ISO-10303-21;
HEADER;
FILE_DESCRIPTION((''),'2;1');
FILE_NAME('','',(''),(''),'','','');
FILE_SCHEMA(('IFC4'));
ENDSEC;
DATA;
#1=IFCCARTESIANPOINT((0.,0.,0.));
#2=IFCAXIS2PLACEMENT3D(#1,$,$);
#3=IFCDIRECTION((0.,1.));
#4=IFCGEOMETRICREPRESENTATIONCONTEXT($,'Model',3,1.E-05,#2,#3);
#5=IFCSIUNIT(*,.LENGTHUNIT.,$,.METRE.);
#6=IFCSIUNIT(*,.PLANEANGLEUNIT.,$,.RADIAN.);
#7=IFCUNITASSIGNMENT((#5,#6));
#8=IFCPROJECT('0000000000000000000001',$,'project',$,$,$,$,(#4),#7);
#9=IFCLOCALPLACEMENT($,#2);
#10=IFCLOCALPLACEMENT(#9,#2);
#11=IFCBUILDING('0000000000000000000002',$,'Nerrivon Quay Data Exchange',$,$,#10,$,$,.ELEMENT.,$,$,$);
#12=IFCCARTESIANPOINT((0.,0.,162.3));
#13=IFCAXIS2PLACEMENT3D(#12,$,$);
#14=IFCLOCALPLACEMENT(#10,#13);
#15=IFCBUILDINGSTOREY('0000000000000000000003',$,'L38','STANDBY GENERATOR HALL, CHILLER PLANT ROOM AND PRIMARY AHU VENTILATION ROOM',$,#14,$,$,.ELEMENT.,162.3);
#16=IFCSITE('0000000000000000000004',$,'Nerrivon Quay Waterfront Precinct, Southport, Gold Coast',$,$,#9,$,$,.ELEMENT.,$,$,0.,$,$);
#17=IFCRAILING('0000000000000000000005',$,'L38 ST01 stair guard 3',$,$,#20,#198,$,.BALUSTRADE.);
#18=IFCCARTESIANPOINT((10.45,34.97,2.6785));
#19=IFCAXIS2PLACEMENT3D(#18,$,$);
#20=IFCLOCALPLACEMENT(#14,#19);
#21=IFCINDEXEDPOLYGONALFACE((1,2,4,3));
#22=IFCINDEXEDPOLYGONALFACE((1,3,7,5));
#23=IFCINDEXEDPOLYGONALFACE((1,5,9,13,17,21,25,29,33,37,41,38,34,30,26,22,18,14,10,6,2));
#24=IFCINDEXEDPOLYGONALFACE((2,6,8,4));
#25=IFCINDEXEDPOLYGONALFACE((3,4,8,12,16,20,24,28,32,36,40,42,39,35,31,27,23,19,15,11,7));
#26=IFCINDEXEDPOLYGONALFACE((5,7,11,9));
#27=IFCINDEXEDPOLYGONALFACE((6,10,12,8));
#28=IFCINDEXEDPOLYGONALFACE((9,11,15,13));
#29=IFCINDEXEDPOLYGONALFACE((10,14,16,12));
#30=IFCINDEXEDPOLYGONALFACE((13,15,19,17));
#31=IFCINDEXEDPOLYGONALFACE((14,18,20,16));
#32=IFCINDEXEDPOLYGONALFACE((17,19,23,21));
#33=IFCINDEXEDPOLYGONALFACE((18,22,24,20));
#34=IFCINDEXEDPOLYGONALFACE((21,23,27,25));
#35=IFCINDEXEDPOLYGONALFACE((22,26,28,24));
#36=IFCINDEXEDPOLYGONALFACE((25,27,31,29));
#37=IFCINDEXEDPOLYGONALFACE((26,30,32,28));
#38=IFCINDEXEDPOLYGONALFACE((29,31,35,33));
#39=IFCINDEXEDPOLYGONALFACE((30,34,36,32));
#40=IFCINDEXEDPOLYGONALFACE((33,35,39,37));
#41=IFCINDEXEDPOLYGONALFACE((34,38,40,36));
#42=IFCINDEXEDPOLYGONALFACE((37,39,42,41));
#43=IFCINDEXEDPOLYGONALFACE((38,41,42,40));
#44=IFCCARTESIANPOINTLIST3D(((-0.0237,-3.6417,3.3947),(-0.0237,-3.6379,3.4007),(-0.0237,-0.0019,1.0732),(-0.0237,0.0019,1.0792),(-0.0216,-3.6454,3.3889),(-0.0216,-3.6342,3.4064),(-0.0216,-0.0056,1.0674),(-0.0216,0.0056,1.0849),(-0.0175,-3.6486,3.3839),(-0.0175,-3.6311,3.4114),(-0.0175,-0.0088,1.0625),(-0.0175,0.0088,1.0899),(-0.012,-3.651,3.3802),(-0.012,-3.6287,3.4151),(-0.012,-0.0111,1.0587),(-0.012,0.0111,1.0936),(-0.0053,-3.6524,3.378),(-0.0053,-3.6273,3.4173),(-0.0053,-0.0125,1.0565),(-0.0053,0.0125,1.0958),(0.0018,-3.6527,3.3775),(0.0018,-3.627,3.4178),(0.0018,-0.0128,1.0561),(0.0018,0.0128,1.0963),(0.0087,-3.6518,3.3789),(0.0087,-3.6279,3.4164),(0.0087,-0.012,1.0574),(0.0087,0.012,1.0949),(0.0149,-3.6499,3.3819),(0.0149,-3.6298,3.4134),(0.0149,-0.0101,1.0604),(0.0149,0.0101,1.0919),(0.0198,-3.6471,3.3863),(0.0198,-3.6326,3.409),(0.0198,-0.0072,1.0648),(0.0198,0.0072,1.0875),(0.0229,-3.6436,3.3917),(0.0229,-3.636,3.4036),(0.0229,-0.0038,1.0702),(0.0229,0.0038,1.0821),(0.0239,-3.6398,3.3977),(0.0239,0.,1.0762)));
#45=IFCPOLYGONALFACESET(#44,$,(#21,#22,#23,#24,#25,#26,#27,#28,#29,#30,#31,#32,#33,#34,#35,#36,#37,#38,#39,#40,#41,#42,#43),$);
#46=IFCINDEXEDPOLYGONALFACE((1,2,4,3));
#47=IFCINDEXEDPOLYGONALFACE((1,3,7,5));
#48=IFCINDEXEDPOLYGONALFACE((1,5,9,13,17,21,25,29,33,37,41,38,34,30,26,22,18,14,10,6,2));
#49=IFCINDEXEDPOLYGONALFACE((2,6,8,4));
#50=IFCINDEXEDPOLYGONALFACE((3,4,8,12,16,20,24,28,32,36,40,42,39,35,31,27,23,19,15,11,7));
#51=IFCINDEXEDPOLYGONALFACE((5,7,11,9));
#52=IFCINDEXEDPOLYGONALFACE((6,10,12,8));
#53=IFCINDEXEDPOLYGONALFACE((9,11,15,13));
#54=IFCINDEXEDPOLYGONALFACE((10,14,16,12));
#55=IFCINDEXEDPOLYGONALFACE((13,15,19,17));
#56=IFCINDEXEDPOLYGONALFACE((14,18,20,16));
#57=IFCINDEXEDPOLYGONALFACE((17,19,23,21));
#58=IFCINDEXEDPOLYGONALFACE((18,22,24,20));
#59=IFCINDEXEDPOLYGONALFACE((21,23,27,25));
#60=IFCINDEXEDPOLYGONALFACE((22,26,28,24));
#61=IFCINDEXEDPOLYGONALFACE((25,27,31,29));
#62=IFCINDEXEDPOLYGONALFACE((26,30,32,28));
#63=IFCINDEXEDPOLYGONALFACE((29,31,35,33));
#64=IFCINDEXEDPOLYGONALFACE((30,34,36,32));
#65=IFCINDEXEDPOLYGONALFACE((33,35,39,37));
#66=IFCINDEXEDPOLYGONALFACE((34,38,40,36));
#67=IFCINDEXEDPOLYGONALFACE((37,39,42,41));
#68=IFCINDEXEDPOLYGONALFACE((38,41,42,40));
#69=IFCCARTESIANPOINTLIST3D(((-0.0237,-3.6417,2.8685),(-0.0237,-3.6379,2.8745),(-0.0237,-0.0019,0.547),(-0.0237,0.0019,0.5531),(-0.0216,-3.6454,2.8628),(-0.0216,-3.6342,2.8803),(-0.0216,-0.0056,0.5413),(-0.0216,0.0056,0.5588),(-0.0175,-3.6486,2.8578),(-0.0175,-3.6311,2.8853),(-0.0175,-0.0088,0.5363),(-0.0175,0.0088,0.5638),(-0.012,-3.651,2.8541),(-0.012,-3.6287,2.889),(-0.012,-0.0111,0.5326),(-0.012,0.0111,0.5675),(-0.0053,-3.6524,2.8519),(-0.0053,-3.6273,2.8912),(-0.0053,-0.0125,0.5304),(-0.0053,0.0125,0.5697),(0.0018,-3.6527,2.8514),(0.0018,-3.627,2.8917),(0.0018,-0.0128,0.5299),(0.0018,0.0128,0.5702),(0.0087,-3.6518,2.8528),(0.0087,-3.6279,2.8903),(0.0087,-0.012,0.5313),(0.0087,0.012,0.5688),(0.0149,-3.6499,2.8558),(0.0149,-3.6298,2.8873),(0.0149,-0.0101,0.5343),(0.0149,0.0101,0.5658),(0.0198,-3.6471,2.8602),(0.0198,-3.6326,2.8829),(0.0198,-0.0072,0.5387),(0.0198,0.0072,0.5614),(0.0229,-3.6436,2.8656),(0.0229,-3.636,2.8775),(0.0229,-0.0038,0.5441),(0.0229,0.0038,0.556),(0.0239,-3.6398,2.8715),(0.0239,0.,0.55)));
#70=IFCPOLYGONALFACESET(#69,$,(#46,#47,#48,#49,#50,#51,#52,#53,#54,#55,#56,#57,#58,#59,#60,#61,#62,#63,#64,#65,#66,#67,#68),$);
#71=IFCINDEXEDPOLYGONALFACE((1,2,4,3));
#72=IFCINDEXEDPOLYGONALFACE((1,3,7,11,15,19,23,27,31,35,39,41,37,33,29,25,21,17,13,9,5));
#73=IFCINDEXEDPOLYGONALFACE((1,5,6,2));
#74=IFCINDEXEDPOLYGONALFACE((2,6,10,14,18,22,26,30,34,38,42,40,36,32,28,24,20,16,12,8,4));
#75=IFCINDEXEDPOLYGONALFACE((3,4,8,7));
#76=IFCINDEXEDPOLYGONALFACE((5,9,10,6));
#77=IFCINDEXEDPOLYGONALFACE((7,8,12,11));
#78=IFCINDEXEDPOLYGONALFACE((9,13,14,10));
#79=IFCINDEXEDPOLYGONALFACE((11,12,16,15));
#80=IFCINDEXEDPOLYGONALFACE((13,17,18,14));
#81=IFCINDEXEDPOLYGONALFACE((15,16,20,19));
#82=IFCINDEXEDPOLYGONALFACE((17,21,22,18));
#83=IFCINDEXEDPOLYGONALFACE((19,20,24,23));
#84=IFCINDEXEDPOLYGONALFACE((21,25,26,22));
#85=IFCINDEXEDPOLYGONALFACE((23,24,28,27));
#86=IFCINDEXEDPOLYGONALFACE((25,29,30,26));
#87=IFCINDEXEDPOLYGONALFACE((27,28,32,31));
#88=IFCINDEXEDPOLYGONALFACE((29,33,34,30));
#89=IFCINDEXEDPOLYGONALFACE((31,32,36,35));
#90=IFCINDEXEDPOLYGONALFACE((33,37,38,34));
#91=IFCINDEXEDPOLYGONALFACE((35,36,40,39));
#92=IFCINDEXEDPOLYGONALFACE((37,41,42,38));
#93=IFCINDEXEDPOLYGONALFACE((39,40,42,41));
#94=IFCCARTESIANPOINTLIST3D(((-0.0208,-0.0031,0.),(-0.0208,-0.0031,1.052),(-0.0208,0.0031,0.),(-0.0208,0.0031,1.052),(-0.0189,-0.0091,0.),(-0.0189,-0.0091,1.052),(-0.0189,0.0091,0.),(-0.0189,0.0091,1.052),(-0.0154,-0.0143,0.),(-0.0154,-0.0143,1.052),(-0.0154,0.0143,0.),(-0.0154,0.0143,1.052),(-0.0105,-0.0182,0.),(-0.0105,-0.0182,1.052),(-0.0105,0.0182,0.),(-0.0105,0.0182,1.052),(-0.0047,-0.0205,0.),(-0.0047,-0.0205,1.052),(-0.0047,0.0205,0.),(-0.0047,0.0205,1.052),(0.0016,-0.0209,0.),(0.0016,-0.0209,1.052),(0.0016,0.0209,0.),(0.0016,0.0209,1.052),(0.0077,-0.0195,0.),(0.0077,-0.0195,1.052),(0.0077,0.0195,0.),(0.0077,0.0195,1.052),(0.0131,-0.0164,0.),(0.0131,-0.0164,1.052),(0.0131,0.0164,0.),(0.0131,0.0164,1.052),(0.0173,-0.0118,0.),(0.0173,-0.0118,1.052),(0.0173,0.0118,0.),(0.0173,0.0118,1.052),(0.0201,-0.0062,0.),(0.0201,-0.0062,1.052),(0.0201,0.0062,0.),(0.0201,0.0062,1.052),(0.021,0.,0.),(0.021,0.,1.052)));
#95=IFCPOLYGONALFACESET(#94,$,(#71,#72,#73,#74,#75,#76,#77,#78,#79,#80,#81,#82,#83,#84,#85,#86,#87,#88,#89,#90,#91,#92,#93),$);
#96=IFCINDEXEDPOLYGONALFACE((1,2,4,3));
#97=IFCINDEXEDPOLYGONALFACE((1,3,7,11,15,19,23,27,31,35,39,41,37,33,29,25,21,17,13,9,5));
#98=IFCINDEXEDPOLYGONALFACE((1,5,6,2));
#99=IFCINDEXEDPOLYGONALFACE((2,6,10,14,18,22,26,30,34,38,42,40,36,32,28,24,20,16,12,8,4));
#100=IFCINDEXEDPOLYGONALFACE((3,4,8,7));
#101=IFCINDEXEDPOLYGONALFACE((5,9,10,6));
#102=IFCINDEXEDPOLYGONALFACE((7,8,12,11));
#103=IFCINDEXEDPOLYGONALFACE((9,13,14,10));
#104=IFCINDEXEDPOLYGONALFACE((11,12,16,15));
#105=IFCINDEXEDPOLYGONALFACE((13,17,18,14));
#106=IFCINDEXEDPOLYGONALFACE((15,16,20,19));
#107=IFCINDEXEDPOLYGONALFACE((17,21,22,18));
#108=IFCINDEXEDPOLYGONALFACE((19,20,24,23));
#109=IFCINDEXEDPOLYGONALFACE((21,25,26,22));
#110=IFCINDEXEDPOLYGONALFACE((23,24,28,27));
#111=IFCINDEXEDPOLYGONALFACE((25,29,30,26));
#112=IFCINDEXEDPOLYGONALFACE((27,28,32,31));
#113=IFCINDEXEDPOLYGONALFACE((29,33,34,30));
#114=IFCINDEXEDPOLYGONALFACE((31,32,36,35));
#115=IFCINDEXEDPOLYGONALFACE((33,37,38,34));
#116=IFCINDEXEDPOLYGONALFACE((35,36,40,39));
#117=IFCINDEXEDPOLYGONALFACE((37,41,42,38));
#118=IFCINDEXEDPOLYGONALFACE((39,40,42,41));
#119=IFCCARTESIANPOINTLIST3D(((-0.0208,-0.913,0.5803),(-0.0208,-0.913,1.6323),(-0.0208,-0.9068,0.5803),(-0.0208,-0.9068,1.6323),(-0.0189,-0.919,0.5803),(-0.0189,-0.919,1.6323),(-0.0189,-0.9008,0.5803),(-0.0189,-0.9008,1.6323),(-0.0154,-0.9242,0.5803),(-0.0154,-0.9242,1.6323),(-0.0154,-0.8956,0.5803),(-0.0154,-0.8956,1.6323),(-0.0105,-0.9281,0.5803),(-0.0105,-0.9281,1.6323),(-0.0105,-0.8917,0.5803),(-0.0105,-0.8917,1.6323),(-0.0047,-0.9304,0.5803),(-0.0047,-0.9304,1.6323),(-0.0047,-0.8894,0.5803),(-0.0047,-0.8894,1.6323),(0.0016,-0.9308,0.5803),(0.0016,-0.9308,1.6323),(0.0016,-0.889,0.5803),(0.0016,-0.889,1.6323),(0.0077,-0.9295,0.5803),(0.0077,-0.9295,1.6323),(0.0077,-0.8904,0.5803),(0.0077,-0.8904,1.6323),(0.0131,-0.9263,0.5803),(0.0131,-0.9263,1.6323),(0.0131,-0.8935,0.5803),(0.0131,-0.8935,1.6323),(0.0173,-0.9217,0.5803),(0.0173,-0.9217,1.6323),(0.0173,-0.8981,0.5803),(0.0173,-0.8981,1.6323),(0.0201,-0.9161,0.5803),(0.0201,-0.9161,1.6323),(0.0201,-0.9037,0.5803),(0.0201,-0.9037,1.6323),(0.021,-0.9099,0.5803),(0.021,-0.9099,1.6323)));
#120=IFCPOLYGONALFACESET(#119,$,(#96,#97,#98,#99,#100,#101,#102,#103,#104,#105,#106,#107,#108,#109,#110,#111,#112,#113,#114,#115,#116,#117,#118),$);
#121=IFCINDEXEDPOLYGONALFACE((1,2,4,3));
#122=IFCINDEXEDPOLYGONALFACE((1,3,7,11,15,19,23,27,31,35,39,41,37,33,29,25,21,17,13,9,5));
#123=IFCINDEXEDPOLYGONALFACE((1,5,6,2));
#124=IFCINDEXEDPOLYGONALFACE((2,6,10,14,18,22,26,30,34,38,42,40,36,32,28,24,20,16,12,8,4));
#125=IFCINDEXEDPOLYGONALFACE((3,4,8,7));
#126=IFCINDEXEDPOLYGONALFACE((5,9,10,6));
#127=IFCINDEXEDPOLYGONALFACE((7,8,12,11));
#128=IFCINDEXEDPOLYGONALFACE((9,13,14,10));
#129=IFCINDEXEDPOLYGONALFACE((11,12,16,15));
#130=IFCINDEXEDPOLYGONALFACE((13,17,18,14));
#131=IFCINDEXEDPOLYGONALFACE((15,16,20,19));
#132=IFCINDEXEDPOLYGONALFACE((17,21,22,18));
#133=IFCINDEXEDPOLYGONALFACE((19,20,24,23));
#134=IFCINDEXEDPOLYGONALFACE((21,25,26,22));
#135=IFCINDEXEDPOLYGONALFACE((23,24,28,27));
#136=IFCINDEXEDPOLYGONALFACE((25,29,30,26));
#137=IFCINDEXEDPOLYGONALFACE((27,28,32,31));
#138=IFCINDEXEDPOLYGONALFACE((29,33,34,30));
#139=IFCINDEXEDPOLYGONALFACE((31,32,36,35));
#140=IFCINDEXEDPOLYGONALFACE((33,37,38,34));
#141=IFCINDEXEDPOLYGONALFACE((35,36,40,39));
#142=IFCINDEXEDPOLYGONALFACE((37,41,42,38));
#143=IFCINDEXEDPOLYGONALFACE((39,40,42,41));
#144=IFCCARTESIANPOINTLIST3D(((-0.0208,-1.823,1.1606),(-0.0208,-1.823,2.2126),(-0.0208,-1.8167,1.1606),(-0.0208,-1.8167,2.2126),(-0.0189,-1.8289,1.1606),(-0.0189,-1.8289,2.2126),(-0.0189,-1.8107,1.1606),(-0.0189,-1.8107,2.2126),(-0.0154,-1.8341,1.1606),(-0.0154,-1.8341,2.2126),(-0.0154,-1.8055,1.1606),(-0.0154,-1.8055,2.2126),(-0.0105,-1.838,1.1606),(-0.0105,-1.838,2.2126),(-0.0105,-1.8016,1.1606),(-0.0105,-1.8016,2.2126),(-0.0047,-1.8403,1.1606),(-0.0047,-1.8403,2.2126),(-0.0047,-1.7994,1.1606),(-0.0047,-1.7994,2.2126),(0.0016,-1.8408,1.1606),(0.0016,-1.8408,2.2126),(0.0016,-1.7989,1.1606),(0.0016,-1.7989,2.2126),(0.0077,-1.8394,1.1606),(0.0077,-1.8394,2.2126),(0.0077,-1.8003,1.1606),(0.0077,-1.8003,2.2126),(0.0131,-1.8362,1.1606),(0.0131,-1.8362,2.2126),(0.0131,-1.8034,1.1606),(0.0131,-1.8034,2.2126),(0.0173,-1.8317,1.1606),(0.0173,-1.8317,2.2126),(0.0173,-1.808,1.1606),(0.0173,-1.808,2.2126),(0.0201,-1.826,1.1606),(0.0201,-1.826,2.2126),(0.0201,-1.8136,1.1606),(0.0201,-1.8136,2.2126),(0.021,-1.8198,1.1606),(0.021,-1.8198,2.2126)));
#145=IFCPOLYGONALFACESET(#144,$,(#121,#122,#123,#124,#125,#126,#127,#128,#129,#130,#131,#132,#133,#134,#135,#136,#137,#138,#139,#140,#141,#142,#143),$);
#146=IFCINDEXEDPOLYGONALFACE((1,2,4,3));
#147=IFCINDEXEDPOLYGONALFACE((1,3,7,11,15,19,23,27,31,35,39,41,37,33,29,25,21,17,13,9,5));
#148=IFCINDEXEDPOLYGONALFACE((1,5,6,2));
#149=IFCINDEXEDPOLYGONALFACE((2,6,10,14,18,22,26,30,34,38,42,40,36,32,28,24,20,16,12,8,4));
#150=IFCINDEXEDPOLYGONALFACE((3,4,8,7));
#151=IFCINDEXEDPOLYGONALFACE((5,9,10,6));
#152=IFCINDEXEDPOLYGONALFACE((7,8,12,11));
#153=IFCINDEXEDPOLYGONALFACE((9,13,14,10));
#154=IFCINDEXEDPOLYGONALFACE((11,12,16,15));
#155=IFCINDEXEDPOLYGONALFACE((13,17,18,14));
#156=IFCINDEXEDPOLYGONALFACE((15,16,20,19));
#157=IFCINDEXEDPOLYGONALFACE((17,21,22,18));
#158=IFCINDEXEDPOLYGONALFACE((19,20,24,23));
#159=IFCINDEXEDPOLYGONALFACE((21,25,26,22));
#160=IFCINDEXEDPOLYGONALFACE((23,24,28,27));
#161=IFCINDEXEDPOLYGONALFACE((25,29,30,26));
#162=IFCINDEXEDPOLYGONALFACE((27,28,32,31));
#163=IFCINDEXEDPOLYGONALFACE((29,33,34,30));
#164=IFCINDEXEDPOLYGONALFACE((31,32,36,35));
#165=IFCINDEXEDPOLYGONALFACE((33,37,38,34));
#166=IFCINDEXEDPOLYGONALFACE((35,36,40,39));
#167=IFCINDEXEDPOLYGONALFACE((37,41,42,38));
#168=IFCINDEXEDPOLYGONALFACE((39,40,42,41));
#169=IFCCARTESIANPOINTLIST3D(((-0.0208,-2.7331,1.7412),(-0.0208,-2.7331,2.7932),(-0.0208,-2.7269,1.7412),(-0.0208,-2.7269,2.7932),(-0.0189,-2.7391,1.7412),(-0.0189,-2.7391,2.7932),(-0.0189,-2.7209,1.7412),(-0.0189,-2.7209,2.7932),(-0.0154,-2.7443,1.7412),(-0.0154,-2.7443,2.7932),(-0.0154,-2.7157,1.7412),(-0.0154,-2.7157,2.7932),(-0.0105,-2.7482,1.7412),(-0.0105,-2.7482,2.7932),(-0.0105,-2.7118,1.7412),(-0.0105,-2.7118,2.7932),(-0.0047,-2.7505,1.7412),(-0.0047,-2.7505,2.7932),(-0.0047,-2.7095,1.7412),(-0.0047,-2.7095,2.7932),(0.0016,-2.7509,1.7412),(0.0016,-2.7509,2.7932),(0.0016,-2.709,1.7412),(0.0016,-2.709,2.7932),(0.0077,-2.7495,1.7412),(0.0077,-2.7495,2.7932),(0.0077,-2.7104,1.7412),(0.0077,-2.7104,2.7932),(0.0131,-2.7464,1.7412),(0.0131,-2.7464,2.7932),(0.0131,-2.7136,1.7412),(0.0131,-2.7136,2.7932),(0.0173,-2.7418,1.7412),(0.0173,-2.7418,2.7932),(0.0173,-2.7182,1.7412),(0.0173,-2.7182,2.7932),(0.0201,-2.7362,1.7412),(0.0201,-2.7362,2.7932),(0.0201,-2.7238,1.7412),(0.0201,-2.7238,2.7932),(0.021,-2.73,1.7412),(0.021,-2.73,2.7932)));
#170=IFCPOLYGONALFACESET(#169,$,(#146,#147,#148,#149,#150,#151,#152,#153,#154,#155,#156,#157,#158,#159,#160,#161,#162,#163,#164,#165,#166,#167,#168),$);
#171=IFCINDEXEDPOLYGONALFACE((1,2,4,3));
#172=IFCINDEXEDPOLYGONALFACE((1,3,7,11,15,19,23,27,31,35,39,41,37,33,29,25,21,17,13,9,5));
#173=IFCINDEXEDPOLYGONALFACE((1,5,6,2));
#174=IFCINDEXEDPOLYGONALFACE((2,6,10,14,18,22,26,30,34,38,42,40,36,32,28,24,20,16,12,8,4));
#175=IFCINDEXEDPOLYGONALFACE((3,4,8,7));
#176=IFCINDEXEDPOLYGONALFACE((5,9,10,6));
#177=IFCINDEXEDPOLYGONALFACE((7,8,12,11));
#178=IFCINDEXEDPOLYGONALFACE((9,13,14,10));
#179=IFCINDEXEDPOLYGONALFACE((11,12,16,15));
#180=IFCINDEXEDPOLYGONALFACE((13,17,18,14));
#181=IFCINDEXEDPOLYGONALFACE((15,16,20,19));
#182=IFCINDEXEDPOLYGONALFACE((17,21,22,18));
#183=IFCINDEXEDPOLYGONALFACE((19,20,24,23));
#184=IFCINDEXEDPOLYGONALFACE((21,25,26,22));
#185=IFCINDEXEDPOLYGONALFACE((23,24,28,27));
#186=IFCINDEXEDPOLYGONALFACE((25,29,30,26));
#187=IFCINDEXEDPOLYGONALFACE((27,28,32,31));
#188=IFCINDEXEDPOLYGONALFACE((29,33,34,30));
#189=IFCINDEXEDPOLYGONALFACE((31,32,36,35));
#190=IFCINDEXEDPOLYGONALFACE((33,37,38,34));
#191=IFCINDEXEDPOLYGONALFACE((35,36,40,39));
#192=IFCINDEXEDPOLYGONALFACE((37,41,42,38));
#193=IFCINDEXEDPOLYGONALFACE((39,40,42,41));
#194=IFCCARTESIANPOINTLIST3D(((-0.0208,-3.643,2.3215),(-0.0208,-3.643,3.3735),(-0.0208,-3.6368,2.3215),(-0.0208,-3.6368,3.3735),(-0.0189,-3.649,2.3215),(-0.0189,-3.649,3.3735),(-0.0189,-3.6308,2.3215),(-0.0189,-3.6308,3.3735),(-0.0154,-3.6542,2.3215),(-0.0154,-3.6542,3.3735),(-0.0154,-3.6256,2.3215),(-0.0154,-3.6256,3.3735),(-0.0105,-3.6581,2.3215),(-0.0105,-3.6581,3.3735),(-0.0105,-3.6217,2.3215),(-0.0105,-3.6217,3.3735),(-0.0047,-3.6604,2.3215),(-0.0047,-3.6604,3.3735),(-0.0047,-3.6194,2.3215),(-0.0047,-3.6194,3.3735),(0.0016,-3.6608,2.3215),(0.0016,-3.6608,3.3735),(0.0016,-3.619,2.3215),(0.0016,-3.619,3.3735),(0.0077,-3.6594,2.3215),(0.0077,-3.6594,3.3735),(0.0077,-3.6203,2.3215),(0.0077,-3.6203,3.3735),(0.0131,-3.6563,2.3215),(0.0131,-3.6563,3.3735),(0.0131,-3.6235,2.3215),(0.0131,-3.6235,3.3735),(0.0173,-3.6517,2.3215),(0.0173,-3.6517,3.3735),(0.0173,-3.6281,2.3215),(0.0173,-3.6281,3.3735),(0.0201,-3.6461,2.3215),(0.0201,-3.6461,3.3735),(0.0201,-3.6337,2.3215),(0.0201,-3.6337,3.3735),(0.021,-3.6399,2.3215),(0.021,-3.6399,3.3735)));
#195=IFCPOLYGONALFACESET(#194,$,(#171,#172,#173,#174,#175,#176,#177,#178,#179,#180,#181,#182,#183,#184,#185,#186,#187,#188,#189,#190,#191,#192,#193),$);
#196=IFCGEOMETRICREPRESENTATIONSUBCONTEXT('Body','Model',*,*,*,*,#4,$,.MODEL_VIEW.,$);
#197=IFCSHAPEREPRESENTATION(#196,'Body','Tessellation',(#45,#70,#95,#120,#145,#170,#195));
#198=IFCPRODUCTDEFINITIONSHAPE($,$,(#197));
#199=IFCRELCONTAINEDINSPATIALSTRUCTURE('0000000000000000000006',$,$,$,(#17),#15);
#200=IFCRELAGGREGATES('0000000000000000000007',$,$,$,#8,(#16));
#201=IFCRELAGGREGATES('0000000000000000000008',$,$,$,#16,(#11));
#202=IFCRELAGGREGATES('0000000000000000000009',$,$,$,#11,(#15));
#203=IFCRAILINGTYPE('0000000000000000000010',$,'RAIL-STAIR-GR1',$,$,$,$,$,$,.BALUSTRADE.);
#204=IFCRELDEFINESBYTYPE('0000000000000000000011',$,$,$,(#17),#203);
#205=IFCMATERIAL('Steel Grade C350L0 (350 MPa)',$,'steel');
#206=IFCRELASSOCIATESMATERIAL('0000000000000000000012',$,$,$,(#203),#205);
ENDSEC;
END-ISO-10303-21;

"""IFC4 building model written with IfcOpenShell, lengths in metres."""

from ifc_helpers import new_model, si_unit, direction, frame, origin, origin_2d, place, context, subcontext, project, spatial, circle, extrude, material, type_object, element, save


model = new_model("IFC4")

# Units and contexts
model_context = context("Model", 3, precision=1e-05, world=origin(), true_north=direction((0.0, 1.0)))
body_context = subcontext(model_context, "Body", "Model", "MODEL_VIEW")
ifc_project = project(units=[si_unit("LENGTHUNIT", "METRE"), si_unit("PLANEANGLEUNIT", "RADIAN")], contexts=[model_context])

# Site, building, storey
site_placement = place(None, origin())
site = spatial("IfcSite", under=ifc_project, at=site_placement, Name="Nerrivon Quay Waterfront Precinct, Southport, Gold Coast", CompositionType="ELEMENT", RefElevation=0.0)
building_placement = place(site_placement, origin())
building = spatial("IfcBuilding", under=site, at=building_placement, Name="Nerrivon Quay Data Exchange", CompositionType="ELEMENT")
storey_placement = place(building_placement, frame((0.0, 0.0, 162.3)))
storey = spatial("IfcBuildingStorey", under=building, at=storey_placement, Name="L38", Description="STANDBY GENERATOR HALL, CHILLER PLANT ROOM AND PRIMARY AHU VENTILATION ROOM", CompositionType="ELEMENT", Elevation=162.3)

# Shared definitions
ifc_material_1 = material(Name="Steel Grade C350L0 (350 MPa)", Category="steel")

# Railing
railing_type_1 = type_object("IfcRailingType", Name="RAIL-STAIR-GR1", PredefinedType="BALUSTRADE", material=ifc_material_1)
railing_1_placement = place(storey_placement, frame((10.45, 34.97, 2.6785)))
element("IfcRailing", 1, at=railing_1_placement, inside=storey, type_object=railing_type_1, Name="L38 ST01 stair guard 3", PredefinedType="BALUSTRADE", context=body_context, shape_type="SweptSolid", body=[
    extrude(circle(Radius=0.0239, at=origin_2d()), frame((0.0, 0.0, 1.0762), z_axis=(0.0, -0.843112, 0.537739), x_axis=(1.0, 0.0, 0.0)), (0.0, 0.0, 1.0), 4.3171),
    extrude(circle(Radius=0.0239, at=origin_2d()), frame((0.0, 0.0, 0.55), z_axis=(0.0, -0.843112, 0.537739), x_axis=(1.0, 0.0, 0.0)), (0.0, 0.0, 1.0), 4.3171),
    extrude(circle(Radius=0.021, at=origin_2d()), origin(), (0.0, 0.0, 1.0), 1.052),
    extrude(circle(Radius=0.021, at=origin_2d()), frame((0.0, -0.9099, 0.5803)), (0.0, 0.0, 1.0), 1.052),
    extrude(circle(Radius=0.021, at=origin_2d()), frame((0.0, -1.8198, 1.1606)), (0.0, 0.0, 1.0), 1.052),
    extrude(circle(Radius=0.021, at=origin_2d()), frame((0.0, -2.73, 1.7412)), (0.0, 0.0, 1.0), 1.052),
    extrude(circle(Radius=0.021, at=origin_2d()), frame((0.0, -3.6399, 2.3215)), (0.0, 0.0, 1.0), 1.052),
])

save(model, "model.ifc")
